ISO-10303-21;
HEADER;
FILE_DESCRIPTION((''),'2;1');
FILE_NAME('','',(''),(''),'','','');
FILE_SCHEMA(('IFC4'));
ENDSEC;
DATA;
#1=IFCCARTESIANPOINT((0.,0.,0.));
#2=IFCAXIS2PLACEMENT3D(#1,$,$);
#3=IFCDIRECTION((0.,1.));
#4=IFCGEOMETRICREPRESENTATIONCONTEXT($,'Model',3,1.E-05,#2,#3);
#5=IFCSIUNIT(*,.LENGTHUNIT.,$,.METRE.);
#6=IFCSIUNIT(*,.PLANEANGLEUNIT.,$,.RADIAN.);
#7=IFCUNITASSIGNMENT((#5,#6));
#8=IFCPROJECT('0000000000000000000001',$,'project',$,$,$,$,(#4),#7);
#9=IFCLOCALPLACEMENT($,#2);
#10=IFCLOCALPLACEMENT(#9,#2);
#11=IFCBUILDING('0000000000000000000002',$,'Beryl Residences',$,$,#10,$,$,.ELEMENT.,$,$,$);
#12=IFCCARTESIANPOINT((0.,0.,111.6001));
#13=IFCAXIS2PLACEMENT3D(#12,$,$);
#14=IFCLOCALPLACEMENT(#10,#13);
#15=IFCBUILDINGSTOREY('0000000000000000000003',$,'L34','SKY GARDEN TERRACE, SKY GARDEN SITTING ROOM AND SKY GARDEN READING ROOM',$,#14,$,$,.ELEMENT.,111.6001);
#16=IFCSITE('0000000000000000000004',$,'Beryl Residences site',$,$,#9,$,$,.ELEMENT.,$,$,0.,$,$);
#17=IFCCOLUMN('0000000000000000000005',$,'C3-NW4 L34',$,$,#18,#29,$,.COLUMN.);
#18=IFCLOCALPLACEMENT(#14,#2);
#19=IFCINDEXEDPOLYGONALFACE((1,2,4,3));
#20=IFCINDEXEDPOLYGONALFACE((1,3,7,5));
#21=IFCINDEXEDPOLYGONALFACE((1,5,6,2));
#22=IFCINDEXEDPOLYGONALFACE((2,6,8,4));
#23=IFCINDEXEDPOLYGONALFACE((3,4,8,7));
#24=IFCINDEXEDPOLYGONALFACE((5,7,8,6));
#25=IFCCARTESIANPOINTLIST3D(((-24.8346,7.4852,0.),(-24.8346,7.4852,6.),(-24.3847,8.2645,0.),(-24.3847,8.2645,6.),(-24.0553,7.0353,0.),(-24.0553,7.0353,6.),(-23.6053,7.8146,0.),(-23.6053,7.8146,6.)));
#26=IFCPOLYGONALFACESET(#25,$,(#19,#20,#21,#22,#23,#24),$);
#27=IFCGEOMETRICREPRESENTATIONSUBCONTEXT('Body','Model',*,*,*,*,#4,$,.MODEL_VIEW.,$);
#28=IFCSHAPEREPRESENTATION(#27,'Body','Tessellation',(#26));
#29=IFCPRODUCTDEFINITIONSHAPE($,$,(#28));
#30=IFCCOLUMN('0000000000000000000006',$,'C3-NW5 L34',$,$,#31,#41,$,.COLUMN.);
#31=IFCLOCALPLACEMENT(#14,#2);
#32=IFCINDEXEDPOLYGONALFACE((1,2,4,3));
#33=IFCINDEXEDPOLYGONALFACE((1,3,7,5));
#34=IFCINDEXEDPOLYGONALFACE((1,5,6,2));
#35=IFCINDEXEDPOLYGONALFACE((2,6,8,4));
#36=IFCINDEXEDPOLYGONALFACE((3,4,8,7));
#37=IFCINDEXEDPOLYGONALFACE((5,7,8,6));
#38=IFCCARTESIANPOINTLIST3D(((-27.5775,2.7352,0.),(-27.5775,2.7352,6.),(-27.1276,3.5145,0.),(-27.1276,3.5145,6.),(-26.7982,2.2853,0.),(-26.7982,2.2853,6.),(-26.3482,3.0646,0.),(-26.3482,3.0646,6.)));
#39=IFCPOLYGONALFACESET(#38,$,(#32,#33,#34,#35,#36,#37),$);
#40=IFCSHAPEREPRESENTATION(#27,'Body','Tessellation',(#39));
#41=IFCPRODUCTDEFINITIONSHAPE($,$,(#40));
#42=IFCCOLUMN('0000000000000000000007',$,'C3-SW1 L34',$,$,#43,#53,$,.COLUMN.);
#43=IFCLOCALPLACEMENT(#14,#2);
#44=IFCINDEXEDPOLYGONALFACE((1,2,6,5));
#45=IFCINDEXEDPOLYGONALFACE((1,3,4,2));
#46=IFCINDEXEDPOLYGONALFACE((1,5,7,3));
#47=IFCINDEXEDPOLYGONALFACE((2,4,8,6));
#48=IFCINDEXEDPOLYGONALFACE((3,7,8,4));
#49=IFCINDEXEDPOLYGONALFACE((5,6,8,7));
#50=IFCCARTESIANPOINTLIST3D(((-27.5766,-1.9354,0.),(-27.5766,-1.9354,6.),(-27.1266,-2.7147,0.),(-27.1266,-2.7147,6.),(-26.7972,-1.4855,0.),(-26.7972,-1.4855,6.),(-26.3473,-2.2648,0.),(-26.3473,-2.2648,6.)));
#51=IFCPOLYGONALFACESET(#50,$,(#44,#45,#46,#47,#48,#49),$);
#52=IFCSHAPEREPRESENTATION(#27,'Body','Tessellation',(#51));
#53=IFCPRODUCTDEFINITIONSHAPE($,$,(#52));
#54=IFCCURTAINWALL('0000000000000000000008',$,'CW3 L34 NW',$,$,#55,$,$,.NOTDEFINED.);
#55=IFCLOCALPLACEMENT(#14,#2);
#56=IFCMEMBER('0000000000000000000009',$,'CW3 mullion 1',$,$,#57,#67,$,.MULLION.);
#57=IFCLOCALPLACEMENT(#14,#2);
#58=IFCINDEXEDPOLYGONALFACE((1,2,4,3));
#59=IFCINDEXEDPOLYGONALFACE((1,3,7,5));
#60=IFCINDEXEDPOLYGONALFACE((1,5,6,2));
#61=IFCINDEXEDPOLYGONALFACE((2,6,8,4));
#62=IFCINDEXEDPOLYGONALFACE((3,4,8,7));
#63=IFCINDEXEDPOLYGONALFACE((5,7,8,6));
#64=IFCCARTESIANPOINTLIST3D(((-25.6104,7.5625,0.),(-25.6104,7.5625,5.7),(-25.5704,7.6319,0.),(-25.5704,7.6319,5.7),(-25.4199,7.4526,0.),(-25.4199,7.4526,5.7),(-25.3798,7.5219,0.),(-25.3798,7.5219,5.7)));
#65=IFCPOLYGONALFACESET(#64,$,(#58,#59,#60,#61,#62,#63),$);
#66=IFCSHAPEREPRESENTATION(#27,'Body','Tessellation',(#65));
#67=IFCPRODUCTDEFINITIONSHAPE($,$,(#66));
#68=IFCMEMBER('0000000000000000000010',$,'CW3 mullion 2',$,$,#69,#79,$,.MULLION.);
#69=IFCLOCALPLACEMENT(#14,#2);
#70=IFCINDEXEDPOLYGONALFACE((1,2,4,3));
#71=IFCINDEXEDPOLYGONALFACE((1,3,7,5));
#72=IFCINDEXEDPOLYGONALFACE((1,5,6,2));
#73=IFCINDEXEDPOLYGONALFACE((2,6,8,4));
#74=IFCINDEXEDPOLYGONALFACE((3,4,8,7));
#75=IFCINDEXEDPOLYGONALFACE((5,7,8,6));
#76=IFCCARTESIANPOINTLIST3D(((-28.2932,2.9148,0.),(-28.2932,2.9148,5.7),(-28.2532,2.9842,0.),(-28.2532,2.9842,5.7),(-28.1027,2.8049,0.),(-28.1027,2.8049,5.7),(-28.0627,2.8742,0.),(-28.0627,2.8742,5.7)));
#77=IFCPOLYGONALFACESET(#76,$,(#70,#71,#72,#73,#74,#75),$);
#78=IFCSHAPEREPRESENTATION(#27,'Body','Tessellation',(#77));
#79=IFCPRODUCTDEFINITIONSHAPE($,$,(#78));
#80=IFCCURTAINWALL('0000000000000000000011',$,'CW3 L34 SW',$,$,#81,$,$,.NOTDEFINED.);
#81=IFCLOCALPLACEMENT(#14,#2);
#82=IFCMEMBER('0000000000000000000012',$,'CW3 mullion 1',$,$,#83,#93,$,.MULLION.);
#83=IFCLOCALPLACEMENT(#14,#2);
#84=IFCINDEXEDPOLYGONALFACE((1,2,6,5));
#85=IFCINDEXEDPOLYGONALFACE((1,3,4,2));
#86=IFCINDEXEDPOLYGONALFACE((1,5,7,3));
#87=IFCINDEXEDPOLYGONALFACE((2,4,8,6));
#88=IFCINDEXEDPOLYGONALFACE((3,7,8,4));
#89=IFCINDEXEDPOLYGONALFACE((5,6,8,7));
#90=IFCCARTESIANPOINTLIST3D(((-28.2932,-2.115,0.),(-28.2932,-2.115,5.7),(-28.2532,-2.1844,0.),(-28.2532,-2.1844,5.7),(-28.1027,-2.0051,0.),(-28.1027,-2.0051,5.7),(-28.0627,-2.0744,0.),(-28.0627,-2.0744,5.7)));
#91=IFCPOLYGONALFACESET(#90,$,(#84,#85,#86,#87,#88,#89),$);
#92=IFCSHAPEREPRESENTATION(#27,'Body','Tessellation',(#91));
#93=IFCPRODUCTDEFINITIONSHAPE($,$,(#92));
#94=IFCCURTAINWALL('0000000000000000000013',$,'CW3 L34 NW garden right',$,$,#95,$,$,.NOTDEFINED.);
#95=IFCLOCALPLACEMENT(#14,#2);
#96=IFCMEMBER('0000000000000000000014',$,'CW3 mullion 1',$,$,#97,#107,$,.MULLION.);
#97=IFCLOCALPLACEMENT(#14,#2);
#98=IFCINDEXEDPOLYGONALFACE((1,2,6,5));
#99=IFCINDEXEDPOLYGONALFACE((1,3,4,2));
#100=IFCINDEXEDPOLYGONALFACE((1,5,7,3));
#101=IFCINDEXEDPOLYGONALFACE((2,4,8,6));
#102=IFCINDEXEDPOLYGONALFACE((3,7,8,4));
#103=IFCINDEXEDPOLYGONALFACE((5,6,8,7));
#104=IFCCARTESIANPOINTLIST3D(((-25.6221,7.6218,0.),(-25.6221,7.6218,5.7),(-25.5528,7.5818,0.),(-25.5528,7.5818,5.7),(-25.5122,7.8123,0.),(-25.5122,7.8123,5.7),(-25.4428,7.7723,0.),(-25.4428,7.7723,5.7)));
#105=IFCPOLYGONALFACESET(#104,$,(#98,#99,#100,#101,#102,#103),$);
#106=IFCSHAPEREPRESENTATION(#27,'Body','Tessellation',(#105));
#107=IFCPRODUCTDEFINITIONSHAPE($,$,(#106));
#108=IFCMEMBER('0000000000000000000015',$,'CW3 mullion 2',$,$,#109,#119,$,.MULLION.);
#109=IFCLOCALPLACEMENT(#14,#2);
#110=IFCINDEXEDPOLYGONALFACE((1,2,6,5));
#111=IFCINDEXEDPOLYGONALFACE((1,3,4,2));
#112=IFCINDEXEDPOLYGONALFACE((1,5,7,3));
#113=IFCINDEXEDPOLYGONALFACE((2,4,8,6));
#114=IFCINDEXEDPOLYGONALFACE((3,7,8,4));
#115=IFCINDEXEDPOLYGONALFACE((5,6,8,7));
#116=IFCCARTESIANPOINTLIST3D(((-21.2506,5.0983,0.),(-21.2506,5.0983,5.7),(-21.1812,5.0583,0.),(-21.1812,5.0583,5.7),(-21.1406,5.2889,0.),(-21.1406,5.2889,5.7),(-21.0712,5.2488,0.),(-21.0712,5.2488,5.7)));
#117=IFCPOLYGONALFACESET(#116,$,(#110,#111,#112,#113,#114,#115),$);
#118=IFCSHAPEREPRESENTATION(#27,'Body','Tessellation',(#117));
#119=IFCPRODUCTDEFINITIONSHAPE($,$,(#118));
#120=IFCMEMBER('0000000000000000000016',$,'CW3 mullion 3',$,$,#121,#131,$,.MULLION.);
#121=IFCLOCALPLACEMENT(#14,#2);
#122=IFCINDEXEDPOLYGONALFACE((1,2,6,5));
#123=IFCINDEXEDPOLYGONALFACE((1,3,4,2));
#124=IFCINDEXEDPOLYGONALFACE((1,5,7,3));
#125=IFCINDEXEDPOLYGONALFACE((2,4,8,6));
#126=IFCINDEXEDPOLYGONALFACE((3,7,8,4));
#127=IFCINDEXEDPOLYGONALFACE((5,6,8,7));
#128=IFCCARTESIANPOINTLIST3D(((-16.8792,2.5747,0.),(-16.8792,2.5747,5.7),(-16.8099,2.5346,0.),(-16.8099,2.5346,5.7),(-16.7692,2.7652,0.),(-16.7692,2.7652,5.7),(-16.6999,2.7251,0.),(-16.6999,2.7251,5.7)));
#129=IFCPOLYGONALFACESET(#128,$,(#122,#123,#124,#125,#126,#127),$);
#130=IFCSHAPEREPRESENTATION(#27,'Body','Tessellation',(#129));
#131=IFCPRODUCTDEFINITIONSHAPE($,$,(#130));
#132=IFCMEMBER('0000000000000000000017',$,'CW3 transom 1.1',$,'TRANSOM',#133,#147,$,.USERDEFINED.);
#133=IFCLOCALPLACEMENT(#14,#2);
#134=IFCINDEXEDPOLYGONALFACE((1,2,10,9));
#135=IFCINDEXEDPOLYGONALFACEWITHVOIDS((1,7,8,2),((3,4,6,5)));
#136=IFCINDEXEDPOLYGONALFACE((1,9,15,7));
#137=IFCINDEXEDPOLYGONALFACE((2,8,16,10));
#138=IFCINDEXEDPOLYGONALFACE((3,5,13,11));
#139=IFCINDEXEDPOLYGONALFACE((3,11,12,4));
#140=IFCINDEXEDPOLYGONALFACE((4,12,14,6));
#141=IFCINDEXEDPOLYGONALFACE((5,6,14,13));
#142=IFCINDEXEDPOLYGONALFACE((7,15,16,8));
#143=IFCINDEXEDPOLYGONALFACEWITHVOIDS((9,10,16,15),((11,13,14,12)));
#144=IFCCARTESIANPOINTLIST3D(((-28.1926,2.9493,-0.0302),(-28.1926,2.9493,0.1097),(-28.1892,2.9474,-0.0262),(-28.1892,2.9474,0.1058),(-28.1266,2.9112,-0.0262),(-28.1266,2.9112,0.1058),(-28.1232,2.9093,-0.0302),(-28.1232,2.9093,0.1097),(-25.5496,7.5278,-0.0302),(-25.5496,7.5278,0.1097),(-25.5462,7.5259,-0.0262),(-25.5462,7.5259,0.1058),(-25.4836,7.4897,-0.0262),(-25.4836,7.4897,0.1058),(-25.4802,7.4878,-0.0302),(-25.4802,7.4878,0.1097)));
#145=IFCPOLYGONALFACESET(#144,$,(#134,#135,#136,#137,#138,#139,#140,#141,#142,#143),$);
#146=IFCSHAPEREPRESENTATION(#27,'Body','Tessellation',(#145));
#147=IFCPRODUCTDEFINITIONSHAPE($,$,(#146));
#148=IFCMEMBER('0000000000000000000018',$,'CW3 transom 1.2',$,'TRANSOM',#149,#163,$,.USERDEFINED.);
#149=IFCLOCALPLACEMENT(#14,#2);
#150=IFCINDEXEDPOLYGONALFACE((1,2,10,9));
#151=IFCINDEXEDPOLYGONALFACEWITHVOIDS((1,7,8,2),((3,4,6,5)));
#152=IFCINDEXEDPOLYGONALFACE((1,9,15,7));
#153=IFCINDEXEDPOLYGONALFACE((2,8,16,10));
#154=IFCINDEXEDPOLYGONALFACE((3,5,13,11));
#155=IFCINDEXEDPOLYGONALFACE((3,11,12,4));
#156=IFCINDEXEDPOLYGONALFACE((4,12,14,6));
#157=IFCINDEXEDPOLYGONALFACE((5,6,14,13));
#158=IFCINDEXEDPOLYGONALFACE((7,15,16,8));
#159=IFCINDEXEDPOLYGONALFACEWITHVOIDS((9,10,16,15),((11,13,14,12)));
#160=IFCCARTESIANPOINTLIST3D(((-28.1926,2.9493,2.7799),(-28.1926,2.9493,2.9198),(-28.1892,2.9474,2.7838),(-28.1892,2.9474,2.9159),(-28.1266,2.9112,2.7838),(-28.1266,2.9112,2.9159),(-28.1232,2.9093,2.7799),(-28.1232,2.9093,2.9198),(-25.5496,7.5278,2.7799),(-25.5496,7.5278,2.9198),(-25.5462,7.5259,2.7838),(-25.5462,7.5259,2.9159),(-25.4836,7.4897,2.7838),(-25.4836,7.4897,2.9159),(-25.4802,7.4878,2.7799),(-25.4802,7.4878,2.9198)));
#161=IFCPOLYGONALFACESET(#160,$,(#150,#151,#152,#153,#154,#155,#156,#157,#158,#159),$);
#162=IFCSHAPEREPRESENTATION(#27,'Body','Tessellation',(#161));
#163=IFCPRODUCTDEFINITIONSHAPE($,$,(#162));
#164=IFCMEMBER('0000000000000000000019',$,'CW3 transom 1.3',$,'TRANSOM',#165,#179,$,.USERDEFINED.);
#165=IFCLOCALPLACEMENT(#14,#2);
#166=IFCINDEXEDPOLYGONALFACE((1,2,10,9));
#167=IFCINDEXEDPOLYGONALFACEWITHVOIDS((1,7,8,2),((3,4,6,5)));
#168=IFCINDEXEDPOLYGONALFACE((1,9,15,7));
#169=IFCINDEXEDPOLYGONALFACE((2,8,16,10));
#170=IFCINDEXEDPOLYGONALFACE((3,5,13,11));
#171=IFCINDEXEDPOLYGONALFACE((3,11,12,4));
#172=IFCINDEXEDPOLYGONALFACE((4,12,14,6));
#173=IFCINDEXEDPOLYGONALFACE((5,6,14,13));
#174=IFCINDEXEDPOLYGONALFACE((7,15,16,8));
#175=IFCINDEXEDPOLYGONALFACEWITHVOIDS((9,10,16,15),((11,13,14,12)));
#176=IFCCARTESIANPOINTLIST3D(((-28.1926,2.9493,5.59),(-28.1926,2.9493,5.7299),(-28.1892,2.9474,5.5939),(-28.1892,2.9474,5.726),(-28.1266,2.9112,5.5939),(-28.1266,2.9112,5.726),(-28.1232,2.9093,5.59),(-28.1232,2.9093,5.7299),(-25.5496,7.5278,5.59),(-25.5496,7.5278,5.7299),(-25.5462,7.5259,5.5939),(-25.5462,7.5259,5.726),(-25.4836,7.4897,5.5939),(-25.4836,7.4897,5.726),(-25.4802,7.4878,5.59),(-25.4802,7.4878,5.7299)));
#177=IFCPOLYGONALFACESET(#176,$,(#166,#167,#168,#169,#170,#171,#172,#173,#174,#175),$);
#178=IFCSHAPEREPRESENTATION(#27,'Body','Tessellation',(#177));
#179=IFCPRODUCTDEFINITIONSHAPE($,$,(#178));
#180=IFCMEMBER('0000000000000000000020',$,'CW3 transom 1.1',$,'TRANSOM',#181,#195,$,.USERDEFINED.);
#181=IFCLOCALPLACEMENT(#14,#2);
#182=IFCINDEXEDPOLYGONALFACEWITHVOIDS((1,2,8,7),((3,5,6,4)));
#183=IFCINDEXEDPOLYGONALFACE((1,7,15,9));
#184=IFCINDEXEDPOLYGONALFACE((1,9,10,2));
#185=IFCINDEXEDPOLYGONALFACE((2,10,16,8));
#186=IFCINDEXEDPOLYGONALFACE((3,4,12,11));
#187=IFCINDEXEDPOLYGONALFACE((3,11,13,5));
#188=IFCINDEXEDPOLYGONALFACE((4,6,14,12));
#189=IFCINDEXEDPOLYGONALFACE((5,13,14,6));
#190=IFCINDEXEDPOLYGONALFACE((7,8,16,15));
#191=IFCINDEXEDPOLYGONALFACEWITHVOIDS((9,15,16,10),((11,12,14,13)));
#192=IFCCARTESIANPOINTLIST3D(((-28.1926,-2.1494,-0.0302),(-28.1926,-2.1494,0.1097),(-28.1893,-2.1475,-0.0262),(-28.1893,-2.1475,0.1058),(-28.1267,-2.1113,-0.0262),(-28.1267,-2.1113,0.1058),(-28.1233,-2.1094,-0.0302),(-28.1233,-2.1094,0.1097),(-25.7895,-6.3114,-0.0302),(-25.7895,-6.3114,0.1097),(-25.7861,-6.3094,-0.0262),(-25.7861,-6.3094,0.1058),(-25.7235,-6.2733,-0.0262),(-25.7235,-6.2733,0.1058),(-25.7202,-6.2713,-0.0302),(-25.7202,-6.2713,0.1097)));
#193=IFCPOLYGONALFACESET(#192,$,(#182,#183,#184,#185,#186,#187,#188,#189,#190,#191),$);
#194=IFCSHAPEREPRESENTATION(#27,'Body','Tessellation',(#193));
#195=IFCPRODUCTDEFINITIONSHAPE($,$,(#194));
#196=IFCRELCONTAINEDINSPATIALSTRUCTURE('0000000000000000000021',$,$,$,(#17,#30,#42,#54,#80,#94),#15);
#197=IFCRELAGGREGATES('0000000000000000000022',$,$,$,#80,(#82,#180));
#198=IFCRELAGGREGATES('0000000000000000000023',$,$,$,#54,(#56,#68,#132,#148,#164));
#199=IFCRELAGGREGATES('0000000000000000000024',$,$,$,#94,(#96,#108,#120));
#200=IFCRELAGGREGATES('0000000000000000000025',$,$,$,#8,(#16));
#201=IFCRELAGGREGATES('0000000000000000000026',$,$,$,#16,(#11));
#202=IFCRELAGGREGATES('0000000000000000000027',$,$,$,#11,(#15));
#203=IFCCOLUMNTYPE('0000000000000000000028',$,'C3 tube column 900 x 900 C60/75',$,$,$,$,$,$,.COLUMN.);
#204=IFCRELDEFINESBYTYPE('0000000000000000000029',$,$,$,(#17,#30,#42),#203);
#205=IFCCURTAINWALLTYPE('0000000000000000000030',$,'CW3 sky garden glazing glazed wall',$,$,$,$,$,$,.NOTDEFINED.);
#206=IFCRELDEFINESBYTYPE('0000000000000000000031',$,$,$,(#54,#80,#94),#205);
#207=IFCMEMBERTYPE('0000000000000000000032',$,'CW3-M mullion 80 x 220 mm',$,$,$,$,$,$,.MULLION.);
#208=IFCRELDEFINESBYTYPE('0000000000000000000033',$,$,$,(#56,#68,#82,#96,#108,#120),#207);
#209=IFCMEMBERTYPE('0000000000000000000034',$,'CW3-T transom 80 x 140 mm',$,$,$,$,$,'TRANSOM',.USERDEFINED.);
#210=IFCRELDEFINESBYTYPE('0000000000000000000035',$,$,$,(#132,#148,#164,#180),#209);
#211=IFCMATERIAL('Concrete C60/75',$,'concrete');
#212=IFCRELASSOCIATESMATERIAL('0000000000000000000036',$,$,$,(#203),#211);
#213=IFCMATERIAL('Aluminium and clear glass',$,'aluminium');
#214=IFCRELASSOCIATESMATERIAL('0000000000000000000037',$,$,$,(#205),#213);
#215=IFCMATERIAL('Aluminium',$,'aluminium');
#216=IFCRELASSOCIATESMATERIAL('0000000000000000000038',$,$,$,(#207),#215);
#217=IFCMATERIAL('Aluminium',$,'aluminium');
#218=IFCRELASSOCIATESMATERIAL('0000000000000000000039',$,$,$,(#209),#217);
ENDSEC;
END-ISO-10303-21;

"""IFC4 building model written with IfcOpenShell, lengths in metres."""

from ifc_helpers import new_model, si_unit, direction, frame, origin, origin_2d, place, context, subcontext, project, spatial, rectangle, hollow_rectangle, extrude, material, material_profile, profile_set, type_object, element, aggregate, save


model = new_model("IFC4")

# Units and contexts
model_context = context("Model", 3, precision=1e-05, world=origin(), true_north=direction((0.0, 1.0)))
body_context = subcontext(model_context, "Body", "Model", "MODEL_VIEW")
ifc_project = project(units=[si_unit("LENGTHUNIT", "METRE"), si_unit("PLANEANGLEUNIT", "RADIAN")], contexts=[model_context])

# Site, building, storey
site_placement = place(None, origin())
site = spatial("IfcSite", under=ifc_project, at=site_placement, Name="Beryl Residences site", CompositionType="ELEMENT", RefElevation=0.0)
building_placement = place(site_placement, origin())
building = spatial("IfcBuilding", under=site, at=building_placement, Name="Beryl Residences", CompositionType="ELEMENT")
storey_placement = place(building_placement, frame((0.0, 0.0, 111.6001)))
storey = spatial("IfcBuildingStorey", under=building, at=storey_placement, Name="L34", Description="SKY GARDEN TERRACE, SKY GARDEN SITTING ROOM AND SKY GARDEN READING ROOM", CompositionType="ELEMENT", Elevation=111.6001)

# Columns
ifc_material_1 = material(Name="Concrete C60/75", Category="concrete")
ifc_material_profile_1 = material_profile(ifc_material_1, rectangle(XDim=0.8999, YDim=0.8999, at=origin_2d()))
ifc_profile_set_1 = profile_set([ifc_material_profile_1], Name="Concrete C60/75")
column_type = type_object("IfcColumnType", Name="C3 tube column 900 x 900 C60/75", PredefinedType="COLUMN", material=ifc_profile_set_1)
for number, where, z_axis, x_axis, name in (
    (1, (-24.22, 7.6499, 0.0), (0.0, 0.0, 1.0), (-0.5, -0.866025, 0.0), "C3-NW4 L34"),
    (2, (-26.9629, 2.8999, 0.0), (0.0, 0.0, 1.0), (-0.5, -0.866025, 0.0), "C3-NW5 L34"),
    (3, (-26.9619, -2.1001, 0.0), (0.0, 0.0, 1.0), (0.5, -0.866025, 0.0), "C3-SW1 L34"),
):
    element("IfcColumn", number, at=place(storey_placement, frame(where, z_axis=z_axis, x_axis=x_axis)), inside=storey, type_object=column_type, Name=name, PredefinedType="COLUMN", context=body_context, shape_type="SweptSolid", body=[
        extrude(rectangle(XDim=0.8999, YDim=0.8999, at=origin_2d()), origin(), (0.0, 0.0, 1.0), 6.0),
    ])

# Curtain wall, members
ifc_material_2 = material(Name="Aluminium and clear glass", Category="aluminium")
curtain_wall_type = type_object("IfcCurtainWallType", Name="CW3 sky garden glazing glazed wall", PredefinedType="NOTDEFINED", material=ifc_material_2)
curtain_wall_1_placement = place(storey_placement, origin())
curtain_wall_1 = element("IfcCurtainWall", 4, at=curtain_wall_1_placement, inside=storey, type_object=curtain_wall_type, Name="CW3 L34 NW", PredefinedType="NOTDEFINED")
ifc_material_3 = material(Name="Aluminium", Category="aluminium")
ifc_material_profile_2 = material_profile(ifc_material_3, rectangle(XDim=0.0801, YDim=0.22, at=origin_2d()))
ifc_profile_set_2 = profile_set([ifc_material_profile_2], Name="Aluminium")
member_type_1 = type_object("IfcMemberType", Name="CW3-M mullion 80 x 220 mm", PredefinedType="MULLION", material=ifc_profile_set_2)
member_1_placement = place(storey_placement, frame((-25.4951, 7.5422, 0.0), z_axis=(0.0, 0.0, 1.0), x_axis=(-0.49995, -0.866054, 0.0)))
member_1 = element("IfcMember", 5, at=member_1_placement, type_object=member_type_1, Name="CW3 mullion 1", PredefinedType="MULLION", context=body_context, shape_type="SweptSolid", body=[
    extrude(rectangle(XDim=0.0801, YDim=0.22, at=origin_2d()), origin(), (0.0, 0.0, 1.0), 5.7),
])
member_2_placement = place(storey_placement, frame((-28.178, 2.8945, 0.0), z_axis=(0.0, 0.0, 1.0), x_axis=(-0.49995, -0.866054, 0.0)))
member_2 = element("IfcMember", 6, at=member_2_placement, type_object=member_type_1, Name="CW3 mullion 2", PredefinedType="MULLION", context=body_context, shape_type="SweptSolid", body=[
    extrude(rectangle(XDim=0.0801, YDim=0.22, at=origin_2d()), origin(), (0.0, 0.0, 1.0), 5.7),
])

# Curtain wall, member
curtain_wall_2_placement = place(storey_placement, origin())
curtain_wall_2 = element("IfcCurtainWall", 7, at=curtain_wall_2_placement, inside=storey, type_object=curtain_wall_type, Name="CW3 L34 SW", PredefinedType="NOTDEFINED")
member_3_placement = place(storey_placement, frame((-28.178, -2.0947, 0.0), z_axis=(0.0, 0.0, 1.0), x_axis=(0.500004, -0.866023, 0.0)))
member_3 = element("IfcMember", 8, at=member_3_placement, type_object=member_type_1, Name="CW3 mullion 1", PredefinedType="MULLION", context=body_context, shape_type="SweptSolid", body=[
    extrude(rectangle(XDim=0.0801, YDim=0.22, at=origin_2d()), origin(), (0.0, 0.0, 1.0), 5.7),
])

# Curtain wall, members
curtain_wall_3_placement = place(storey_placement, origin())
curtain_wall_3 = element("IfcCurtainWall", 9, at=curtain_wall_3_placement, inside=storey, type_object=curtain_wall_type, Name="CW3 L34 NW garden right", PredefinedType="NOTDEFINED")
member_4_placement = place(storey_placement, frame((-25.5325, 7.697, 0.0), z_axis=(0.0, 0.0, 1.0), x_axis=(0.866051, -0.499955, 0.0)))
member_4 = element("IfcMember", 10, at=member_4_placement, type_object=member_type_1, Name="CW3 mullion 1", PredefinedType="MULLION", context=body_context, shape_type="SweptSolid", body=[
    extrude(rectangle(XDim=0.0801, YDim=0.22, at=origin_2d()), origin(), (0.0, 0.0, 1.0), 5.7),
])
member_5_placement = place(storey_placement, frame((-21.1609, 5.1736, 0.0), z_axis=(0.0, 0.0, 1.0), x_axis=(0.866051, -0.499955, 0.0)))
member_5 = element("IfcMember", 11, at=member_5_placement, type_object=member_type_1, Name="CW3 mullion 2", PredefinedType="MULLION", context=body_context, shape_type="SweptSolid", body=[
    extrude(rectangle(XDim=0.0801, YDim=0.22, at=origin_2d()), origin(), (0.0, 0.0, 1.0), 5.7),
])
member_6_placement = place(storey_placement, frame((-16.7896, 2.6499, 0.0), z_axis=(0.0, 0.0, 1.0), x_axis=(0.866051, -0.499955, 0.0)))
member_6 = element("IfcMember", 12, at=member_6_placement, type_object=member_type_1, Name="CW3 mullion 3", PredefinedType="MULLION", context=body_context, shape_type="SweptSolid", body=[
    extrude(rectangle(XDim=0.0801, YDim=0.22, at=origin_2d()), origin(), (0.0, 0.0, 1.0), 5.7),
])

# Members
ifc_material_4 = material(Name="Aluminium", Category="aluminium")
ifc_material_profile_3 = material_profile(ifc_material_4, hollow_rectangle(XDim=0.0801, YDim=0.1399, WallThickness=0.0039, at=origin_2d()))
ifc_profile_set_3 = profile_set([ifc_material_profile_3], Name="Aluminium")
member_type_2 = type_object("IfcMemberType", Name="CW3-T transom 80 x 140 mm", ElementType="TRANSOM", PredefinedType="USERDEFINED", material=ifc_profile_set_3)
member_7_placement = place(storey_placement, frame((-25.5149, 7.5078, 0.0398), z_axis=(-0.499944, -0.866058, 0.0), x_axis=(0.866058, -0.499944, 0.0)))
member_7 = element("IfcMember", 13, at=member_7_placement, type_object=member_type_2, Name="CW3 transom 1.1", ObjectType="TRANSOM", PredefinedType="USERDEFINED", context=body_context, shape_type="SweptSolid", body=[
    extrude(hollow_rectangle(XDim=0.0801, YDim=0.1399, WallThickness=0.0039, at=origin_2d()), origin(), (0.0, 0.0, 1.0), 5.2866),
])
member_8_placement = place(storey_placement, frame((-25.5149, 7.5078, 2.8499), z_axis=(-0.499944, -0.866058, 0.0), x_axis=(0.866058, -0.499944, 0.0)))
member_8 = element("IfcMember", 14, at=member_8_placement, type_object=member_type_2, Name="CW3 transom 1.2", ObjectType="TRANSOM", PredefinedType="USERDEFINED", context=body_context, shape_type="SweptSolid", body=[
    extrude(hollow_rectangle(XDim=0.0801, YDim=0.1399, WallThickness=0.0039, at=origin_2d()), origin(), (0.0, 0.0, 1.0), 5.2866),
])
member_9_placement = place(storey_placement, frame((-25.5149, 7.5078, 5.6599), z_axis=(-0.499944, -0.866058, 0.0), x_axis=(0.866058, -0.499944, 0.0)))
member_9 = element("IfcMember", 15, at=member_9_placement, type_object=member_type_2, Name="CW3 transom 1.3", ObjectType="TRANSOM", PredefinedType="USERDEFINED", context=body_context, shape_type="SweptSolid", body=[
    extrude(hollow_rectangle(XDim=0.0801, YDim=0.1399, WallThickness=0.0039, at=origin_2d()), origin(), (0.0, 0.0, 1.0), 5.2866),
])
member_10_placement = place(storey_placement, frame((-28.158, -2.1294, 0.0398), z_axis=(0.500035, -0.866005, 0.0), x_axis=(0.866005, 0.500035, 0.0)))
member_10 = element("IfcMember", 16, at=member_10_placement, type_object=member_type_2, Name="CW3 transom 1.1", ObjectType="TRANSOM", PredefinedType="USERDEFINED", context=body_context, shape_type="SweptSolid", body=[
    extrude(hollow_rectangle(XDim=0.0801, YDim=0.1399, WallThickness=0.0039, at=origin_2d()), origin(), (0.0, 0.0, 1.0), 4.8059),
])
aggregate(curtain_wall_2, [member_3, member_10])

aggregate(curtain_wall_1, [member_1, member_2, member_7, member_8, member_9])
aggregate(curtain_wall_3, [member_4, member_5, member_6])

save(model, "model.ifc")
